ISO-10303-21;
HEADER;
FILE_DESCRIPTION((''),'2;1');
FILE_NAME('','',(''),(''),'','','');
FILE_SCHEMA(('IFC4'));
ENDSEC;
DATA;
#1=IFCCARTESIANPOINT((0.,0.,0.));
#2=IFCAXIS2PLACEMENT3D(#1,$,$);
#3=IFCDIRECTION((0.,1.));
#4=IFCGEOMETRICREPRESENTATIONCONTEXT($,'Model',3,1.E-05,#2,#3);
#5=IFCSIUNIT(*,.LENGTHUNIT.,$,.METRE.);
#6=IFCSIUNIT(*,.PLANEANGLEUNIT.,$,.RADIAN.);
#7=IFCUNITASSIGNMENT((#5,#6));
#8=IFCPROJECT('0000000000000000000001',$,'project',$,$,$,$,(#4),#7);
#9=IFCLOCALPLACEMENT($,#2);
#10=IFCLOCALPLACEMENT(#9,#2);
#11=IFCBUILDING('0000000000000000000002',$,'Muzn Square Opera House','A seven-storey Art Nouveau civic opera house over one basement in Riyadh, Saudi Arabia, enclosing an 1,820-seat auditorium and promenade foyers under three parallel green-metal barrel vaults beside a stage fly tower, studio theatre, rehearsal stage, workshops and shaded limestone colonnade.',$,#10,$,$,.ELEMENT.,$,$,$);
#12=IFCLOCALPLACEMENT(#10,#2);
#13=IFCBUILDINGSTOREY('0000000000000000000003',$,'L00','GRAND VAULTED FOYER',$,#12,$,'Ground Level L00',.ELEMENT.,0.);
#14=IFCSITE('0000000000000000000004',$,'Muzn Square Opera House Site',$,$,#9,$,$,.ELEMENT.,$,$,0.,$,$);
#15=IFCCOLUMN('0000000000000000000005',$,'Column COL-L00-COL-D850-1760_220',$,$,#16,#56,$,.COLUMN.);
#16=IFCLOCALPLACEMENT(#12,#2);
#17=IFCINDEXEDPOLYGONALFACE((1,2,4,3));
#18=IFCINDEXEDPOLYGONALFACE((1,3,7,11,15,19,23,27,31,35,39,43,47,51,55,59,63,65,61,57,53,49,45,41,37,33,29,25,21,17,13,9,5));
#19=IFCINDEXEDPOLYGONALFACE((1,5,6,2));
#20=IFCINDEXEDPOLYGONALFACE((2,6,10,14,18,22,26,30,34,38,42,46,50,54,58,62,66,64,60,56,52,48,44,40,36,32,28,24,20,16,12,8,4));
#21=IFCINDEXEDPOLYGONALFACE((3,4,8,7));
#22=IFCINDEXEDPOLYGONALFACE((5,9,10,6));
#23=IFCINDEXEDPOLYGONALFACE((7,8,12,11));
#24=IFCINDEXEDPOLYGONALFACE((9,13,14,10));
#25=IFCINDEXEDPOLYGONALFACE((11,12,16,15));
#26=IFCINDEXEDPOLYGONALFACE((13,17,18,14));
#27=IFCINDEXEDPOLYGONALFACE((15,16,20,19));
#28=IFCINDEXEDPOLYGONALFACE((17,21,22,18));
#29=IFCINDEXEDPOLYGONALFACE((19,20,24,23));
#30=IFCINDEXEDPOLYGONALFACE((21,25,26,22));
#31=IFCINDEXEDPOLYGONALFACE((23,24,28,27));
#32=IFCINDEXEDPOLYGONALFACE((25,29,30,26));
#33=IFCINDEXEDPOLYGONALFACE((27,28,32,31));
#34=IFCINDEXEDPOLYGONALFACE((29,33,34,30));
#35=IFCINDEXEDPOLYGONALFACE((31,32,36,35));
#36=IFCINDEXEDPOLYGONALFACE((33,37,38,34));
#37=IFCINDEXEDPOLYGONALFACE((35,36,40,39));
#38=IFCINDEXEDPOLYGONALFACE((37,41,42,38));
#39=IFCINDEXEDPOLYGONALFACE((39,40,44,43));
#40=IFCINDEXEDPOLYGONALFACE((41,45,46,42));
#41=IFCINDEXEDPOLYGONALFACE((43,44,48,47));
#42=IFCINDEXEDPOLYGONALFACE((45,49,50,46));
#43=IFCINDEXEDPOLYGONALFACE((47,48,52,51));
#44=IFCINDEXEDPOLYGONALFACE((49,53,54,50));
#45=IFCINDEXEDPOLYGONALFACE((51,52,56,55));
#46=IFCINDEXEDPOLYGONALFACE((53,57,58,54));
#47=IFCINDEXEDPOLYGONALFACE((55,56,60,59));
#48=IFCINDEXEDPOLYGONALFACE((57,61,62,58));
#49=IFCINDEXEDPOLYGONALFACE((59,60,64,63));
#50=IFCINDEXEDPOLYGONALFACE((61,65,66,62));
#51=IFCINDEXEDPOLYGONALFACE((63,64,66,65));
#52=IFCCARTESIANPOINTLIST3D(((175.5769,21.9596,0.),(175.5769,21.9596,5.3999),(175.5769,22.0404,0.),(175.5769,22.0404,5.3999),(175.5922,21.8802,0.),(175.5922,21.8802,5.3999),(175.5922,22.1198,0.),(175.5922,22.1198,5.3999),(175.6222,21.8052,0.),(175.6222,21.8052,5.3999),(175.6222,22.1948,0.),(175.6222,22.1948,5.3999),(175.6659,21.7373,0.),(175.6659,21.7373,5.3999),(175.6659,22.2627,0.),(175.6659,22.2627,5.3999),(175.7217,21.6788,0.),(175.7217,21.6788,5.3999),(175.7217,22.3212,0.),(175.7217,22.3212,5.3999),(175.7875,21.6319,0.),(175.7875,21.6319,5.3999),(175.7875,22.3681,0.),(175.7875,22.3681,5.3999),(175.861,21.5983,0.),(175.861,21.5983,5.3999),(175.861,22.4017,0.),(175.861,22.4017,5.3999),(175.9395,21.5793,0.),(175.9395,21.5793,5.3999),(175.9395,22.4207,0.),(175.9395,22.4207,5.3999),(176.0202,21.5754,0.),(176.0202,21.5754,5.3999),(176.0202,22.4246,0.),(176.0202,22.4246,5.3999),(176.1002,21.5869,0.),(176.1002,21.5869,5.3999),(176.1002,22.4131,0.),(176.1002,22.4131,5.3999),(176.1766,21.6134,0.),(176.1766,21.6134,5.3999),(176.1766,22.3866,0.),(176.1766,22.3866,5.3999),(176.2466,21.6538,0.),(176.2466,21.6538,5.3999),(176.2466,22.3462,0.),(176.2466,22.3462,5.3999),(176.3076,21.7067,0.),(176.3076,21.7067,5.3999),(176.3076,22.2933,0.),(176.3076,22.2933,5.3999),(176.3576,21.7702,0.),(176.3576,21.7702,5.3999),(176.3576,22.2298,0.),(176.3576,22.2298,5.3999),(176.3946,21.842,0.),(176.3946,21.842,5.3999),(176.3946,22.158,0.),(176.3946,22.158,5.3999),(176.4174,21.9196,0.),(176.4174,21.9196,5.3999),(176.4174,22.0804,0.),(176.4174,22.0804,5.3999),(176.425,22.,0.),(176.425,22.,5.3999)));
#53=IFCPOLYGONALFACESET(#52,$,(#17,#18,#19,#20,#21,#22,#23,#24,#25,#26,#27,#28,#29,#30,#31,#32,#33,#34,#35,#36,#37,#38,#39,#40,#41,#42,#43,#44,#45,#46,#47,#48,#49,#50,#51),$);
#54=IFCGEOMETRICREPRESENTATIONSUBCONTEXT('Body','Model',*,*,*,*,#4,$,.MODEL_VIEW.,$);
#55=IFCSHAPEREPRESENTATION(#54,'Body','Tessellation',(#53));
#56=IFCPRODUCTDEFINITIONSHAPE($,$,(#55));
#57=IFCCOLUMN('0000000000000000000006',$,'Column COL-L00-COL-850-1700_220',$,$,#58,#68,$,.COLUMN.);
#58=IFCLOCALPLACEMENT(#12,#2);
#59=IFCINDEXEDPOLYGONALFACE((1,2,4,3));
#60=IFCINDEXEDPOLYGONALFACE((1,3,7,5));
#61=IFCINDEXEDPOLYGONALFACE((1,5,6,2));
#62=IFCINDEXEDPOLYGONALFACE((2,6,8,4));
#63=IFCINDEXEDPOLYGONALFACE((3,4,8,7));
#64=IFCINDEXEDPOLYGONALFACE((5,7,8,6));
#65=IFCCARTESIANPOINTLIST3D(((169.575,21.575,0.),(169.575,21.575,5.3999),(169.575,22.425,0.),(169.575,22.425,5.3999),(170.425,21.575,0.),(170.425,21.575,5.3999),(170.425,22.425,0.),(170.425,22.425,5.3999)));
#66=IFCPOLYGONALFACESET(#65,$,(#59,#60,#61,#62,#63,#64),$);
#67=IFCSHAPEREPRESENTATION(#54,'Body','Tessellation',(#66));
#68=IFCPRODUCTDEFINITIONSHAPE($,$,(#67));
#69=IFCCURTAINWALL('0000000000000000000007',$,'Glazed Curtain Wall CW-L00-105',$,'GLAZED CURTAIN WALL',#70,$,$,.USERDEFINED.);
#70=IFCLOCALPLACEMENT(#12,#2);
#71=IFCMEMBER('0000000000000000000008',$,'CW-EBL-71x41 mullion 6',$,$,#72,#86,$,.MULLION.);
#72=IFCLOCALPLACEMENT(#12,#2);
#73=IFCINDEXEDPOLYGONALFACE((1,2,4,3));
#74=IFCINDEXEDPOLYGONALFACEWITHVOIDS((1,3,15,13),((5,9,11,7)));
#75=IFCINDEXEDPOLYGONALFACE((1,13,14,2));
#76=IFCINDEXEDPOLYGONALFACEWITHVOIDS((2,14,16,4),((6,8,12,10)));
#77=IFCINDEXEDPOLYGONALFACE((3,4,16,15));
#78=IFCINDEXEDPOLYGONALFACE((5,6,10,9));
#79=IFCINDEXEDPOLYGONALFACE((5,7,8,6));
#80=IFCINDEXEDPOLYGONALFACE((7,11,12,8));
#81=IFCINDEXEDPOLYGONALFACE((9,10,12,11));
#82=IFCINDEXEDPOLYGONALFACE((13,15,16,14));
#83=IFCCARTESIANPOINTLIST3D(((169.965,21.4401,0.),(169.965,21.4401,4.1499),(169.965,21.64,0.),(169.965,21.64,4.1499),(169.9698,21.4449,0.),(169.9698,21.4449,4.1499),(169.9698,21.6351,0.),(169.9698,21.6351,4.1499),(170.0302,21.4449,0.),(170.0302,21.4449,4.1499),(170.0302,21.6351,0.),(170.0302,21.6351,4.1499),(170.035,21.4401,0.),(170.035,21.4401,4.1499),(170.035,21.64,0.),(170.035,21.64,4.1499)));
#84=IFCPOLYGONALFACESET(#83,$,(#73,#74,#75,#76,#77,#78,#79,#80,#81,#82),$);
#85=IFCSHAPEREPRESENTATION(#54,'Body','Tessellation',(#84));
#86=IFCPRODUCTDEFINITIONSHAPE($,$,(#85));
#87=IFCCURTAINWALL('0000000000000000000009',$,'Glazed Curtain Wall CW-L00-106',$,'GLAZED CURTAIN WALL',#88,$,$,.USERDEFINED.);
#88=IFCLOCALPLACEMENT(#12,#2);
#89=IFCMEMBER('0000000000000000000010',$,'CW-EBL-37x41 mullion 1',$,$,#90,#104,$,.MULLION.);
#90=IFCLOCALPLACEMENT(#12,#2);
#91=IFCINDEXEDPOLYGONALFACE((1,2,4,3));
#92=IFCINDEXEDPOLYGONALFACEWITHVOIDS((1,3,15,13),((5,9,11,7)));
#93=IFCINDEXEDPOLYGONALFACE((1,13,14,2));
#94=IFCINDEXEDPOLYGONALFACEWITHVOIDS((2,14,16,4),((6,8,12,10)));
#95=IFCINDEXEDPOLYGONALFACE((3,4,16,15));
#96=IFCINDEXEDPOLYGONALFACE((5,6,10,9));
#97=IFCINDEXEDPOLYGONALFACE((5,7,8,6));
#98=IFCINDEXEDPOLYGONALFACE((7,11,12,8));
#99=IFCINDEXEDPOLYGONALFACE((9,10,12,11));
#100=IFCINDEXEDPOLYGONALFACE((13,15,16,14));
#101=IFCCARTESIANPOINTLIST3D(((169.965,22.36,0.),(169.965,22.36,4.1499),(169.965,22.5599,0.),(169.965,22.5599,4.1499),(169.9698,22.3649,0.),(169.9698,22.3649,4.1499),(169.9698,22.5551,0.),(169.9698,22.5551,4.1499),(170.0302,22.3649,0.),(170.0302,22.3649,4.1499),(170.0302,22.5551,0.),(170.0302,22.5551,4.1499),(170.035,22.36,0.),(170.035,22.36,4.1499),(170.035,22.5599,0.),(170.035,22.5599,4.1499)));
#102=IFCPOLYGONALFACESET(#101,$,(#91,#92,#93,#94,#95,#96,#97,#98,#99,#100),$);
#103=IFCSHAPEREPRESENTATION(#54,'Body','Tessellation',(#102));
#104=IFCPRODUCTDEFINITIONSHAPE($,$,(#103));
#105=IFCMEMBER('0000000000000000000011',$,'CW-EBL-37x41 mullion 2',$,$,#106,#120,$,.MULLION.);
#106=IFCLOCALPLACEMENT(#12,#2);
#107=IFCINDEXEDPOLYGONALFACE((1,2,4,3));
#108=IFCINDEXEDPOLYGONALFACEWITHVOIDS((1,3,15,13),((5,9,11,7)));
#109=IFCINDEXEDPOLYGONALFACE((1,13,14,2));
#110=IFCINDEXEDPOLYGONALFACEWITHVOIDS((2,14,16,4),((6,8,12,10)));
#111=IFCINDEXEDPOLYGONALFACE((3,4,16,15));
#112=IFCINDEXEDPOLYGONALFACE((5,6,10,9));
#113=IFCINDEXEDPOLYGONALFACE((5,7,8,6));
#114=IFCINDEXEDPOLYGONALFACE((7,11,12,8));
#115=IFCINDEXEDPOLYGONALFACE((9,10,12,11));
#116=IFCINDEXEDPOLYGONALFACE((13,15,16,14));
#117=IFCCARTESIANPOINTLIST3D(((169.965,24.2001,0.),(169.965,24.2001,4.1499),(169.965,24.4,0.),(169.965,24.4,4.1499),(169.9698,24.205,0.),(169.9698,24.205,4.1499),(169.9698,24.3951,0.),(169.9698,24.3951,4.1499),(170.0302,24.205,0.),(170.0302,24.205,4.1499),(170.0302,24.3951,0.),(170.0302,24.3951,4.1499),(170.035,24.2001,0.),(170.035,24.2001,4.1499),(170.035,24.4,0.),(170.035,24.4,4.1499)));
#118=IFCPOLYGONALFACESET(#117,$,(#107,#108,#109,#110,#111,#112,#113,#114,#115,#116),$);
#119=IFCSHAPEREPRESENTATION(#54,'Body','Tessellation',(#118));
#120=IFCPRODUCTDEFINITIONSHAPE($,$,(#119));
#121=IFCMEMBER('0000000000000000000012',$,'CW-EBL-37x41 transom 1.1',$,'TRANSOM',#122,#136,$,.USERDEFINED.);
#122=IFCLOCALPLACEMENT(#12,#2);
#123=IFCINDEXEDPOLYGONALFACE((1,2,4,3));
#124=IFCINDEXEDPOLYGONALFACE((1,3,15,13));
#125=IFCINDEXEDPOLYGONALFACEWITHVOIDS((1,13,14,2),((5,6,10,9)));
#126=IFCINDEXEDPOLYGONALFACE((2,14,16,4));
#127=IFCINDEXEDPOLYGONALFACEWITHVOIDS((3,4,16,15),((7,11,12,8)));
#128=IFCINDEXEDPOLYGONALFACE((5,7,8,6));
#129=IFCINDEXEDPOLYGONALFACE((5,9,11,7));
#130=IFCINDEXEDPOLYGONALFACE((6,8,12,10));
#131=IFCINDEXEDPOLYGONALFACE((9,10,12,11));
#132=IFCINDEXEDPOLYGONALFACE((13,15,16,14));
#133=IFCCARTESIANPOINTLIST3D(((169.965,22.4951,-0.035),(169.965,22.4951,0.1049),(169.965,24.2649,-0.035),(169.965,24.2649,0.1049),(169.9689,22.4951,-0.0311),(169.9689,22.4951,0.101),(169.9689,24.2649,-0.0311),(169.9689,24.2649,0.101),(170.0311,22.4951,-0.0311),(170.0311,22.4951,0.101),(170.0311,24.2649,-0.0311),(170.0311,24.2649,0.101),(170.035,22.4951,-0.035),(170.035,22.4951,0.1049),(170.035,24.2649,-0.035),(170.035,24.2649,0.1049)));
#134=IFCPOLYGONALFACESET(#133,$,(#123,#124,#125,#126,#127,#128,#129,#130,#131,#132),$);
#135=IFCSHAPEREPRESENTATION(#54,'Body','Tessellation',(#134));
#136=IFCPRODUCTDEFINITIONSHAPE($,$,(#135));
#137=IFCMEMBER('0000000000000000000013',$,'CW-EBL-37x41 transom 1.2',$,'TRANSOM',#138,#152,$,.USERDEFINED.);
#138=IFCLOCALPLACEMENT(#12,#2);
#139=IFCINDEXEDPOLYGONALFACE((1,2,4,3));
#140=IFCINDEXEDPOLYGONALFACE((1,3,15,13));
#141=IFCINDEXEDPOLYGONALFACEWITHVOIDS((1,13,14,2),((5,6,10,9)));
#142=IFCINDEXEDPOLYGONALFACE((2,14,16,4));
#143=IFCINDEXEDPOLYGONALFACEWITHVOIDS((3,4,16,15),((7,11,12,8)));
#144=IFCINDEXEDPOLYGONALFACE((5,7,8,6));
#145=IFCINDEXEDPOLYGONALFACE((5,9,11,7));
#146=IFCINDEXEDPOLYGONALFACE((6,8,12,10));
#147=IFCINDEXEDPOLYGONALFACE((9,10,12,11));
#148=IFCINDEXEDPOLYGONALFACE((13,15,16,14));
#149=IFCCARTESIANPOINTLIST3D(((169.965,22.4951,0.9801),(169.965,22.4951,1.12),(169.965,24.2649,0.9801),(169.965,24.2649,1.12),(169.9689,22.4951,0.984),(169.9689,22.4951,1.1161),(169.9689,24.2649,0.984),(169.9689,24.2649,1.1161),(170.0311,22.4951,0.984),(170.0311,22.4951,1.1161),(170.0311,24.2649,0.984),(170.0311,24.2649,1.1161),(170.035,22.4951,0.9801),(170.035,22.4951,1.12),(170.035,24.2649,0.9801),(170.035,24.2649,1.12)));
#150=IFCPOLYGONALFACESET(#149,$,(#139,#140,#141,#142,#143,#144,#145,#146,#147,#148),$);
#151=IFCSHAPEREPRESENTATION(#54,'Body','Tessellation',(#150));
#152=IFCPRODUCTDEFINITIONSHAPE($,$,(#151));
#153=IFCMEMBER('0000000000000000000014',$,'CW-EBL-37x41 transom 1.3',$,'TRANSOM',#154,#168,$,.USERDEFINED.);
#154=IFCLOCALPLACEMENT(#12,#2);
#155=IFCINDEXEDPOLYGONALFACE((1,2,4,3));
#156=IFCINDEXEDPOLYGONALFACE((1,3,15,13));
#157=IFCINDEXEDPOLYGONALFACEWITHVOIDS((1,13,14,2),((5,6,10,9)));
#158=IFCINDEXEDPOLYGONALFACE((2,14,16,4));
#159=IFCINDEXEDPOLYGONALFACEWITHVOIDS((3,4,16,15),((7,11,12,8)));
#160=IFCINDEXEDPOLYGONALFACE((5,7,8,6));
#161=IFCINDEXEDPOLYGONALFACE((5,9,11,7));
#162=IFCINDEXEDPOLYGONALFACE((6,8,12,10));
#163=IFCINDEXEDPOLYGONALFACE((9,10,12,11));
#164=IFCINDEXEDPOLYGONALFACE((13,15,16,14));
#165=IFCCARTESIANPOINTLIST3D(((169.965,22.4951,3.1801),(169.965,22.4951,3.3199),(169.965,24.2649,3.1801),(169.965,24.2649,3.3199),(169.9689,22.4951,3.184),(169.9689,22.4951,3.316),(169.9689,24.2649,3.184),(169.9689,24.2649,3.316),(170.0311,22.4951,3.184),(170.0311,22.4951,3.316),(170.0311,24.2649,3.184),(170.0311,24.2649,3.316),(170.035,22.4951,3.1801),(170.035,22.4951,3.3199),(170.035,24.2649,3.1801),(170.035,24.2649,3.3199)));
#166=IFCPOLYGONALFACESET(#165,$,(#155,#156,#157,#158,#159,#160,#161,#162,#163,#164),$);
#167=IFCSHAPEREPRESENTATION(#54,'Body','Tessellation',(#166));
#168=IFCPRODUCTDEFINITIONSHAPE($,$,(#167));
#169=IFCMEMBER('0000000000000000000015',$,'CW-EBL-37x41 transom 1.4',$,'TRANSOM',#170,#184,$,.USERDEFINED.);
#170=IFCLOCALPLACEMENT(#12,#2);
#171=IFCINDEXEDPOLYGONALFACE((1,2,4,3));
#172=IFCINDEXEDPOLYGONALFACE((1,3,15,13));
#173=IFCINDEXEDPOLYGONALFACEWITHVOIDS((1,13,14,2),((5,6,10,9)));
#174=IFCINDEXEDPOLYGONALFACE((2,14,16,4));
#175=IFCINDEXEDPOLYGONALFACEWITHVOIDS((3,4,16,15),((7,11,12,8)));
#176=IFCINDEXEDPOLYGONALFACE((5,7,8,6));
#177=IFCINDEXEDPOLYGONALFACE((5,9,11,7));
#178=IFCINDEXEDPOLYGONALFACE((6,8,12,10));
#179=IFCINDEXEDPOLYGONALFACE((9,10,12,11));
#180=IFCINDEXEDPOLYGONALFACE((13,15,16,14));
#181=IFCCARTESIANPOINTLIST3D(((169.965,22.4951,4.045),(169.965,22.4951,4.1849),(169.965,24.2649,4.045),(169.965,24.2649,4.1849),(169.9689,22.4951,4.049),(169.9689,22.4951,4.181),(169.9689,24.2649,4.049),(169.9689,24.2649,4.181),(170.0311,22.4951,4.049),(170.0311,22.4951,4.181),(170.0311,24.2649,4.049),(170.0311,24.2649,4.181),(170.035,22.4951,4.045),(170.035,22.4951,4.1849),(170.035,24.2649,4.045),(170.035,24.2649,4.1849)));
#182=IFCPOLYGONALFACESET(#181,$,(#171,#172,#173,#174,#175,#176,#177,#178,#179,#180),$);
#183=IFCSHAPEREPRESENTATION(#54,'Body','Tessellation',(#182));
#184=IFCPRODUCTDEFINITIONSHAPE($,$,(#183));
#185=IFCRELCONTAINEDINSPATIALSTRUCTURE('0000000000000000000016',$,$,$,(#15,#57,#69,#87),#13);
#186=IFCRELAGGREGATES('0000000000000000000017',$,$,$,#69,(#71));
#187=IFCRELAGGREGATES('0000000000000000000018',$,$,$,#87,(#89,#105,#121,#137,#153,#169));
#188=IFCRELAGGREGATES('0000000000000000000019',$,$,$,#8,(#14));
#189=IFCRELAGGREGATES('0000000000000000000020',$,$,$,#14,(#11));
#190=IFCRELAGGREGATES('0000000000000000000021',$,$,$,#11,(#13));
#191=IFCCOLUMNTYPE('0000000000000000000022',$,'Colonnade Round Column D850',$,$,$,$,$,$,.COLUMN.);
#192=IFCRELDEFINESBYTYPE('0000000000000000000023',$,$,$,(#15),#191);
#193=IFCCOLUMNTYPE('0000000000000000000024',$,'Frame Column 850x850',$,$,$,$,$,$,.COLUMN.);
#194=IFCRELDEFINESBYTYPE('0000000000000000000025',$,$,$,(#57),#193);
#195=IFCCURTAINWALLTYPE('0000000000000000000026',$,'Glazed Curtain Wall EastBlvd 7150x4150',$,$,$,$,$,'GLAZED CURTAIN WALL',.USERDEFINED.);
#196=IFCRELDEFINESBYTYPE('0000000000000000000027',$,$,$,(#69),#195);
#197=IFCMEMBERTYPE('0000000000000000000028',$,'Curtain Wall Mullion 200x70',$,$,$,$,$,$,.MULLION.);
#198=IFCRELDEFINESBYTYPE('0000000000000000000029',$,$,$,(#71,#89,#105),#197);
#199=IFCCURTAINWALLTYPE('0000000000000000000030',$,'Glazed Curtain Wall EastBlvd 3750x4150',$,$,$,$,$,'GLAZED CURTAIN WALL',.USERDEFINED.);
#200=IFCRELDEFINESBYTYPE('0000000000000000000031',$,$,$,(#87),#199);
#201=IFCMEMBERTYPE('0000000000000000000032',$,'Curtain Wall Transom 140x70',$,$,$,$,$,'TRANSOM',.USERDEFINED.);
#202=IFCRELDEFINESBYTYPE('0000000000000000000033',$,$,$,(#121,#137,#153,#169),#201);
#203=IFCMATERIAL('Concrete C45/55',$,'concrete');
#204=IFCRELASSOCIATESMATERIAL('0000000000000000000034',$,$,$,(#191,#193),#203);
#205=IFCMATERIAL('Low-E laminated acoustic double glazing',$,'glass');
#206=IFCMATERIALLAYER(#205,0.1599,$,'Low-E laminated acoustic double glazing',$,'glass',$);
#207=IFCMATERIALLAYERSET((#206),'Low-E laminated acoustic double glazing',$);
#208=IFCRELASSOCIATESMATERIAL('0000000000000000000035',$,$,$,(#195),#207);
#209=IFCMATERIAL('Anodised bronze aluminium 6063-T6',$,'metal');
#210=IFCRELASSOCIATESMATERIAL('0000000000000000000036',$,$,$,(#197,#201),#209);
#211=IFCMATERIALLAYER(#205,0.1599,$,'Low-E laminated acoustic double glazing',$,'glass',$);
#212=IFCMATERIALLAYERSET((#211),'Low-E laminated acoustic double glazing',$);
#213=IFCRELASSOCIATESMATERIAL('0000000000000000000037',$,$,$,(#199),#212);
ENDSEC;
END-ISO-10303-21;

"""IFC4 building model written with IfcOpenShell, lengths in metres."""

from ifc_helpers import new_model, si_unit, direction, frame, origin, origin_2d, place, context, subcontext, project, spatial, rectangle, hollow_rectangle, circle, extrude, material, layer, layer_set, material_profile, profile_set, type_object, element, aggregate, save


model = new_model("IFC4")

# Units and contexts
model_context = context("Model", 3, precision=1e-05, world=origin(), true_north=direction((0.0, 1.0)))
body_context = subcontext(model_context, "Body", "Model", "MODEL_VIEW")
ifc_project = project(units=[si_unit("LENGTHUNIT", "METRE"), si_unit("PLANEANGLEUNIT", "RADIAN")], contexts=[model_context])

# Site, building, storey
site_placement = place(None, origin())
site = spatial("IfcSite", under=ifc_project, at=site_placement, Name="Muzn Square Opera House Site", CompositionType="ELEMENT", RefElevation=0.0)
building_placement = place(site_placement, origin())
building = spatial("IfcBuilding", under=site, at=building_placement, Name="Muzn Square Opera House", Description="A seven-storey Art Nouveau civic opera house over one basement in Riyadh, Saudi Arabia, enclosing an 1,820-seat auditorium and promenade foyers under three parallel green-metal barrel vaults beside a stage fly tower, studio theatre, rehearsal stage, workshops and shaded limestone colonnade.", CompositionType="ELEMENT")
storey_placement = place(building_placement, origin())
storey = spatial("IfcBuildingStorey", under=building, at=storey_placement, Name="L00", Description="GRAND VAULTED FOYER", LongName="Ground Level L00", CompositionType="ELEMENT", Elevation=0.0)

# Columns
ifc_material_1 = material(Name="Concrete C45/55", Category="concrete")
ifc_material_profile_1 = material_profile(ifc_material_1, circle(Radius=0.425, at=origin_2d()), Name="RCC D850", Category="concrete")
ifc_profile_set_1 = profile_set([ifc_material_profile_1], Name="Concrete C45/55")
column_type_1 = type_object("IfcColumnType", Name="Colonnade Round Column D850", PredefinedType="COLUMN", material=ifc_profile_set_1)
column_1_placement = place(storey_placement, frame((176.0, 22.0, 0.0), z_axis=(0.0, 0.0, 1.0), x_axis=(1.0, 0.0, 0.0)))
element("IfcColumn", 1, at=column_1_placement, inside=storey, type_object=column_type_1, Name="Column COL-L00-COL-D850-1760_220", PredefinedType="COLUMN", context=body_context, shape_type="SweptSolid", body=[
    extrude(circle(Radius=0.425, at=origin_2d()), origin(), (0.0, 0.0, 1.0), 5.3999),
])
ifc_material_profile_2 = material_profile(ifc_material_1, rectangle(XDim=0.8501, YDim=0.8501, at=origin_2d()), Name="RC 850x850", Category="concrete")
ifc_profile_set_2 = profile_set([ifc_material_profile_2], Name="Concrete C45/55")
column_type_2 = type_object("IfcColumnType", Name="Frame Column 850x850", PredefinedType="COLUMN", material=ifc_profile_set_2)
column_2_placement = place(storey_placement, frame((170.0, 22.0, 0.0), z_axis=(0.0, 0.0, 1.0), x_axis=(1.0, 0.0, 0.0)))
element("IfcColumn", 2, at=column_2_placement, inside=storey, type_object=column_type_2, Name="Column COL-L00-COL-850-1700_220", PredefinedType="COLUMN", context=body_context, shape_type="SweptSolid", body=[
    extrude(rectangle(XDim=0.8501, YDim=0.8501, at=origin_2d()), origin(), (0.0, 0.0, 1.0), 5.3999),
])

# Curtain wall, member
ifc_material_2 = material(Name="Low-E laminated acoustic double glazing", Category="glass")
ifc_layer_1 = layer(ifc_material_2, 0.1599, Name="Low-E laminated acoustic double glazing", Category="glass")
ifc_layer_set_1 = layer_set([ifc_layer_1], Name="Low-E laminated acoustic double glazing")
curtain_wall_type_1 = type_object("IfcCurtainWallType", Name="Glazed Curtain Wall EastBlvd 7150x4150", ElementType="GLAZED CURTAIN WALL", PredefinedType="USERDEFINED", material=ifc_layer_set_1)
curtain_wall_1_placement = place(storey_placement, origin())
curtain_wall_1 = element("IfcCurtainWall", 3, at=curtain_wall_1_placement, inside=storey, type_object=curtain_wall_type_1, Name="Glazed Curtain Wall CW-L00-105", ObjectType="GLAZED CURTAIN WALL", PredefinedType="USERDEFINED")
ifc_material_3 = material(Name="Anodised bronze aluminium 6063-T6", Category="metal")
ifc_material_profile_3 = material_profile(ifc_material_3, hollow_rectangle(XDim=0.0701, YDim=0.2, WallThickness=0.0049, at=origin_2d()), Name="ALU 200x70x5", Category="metal")
ifc_profile_set_3 = profile_set([ifc_material_profile_3], Name="Anodised bronze aluminium 6063-T6")
member_type_1 = type_object("IfcMemberType", Name="Curtain Wall Mullion 200x70", PredefinedType="MULLION", material=ifc_profile_set_3)
member_1_placement = place(storey_placement, frame((170.0, 21.54, 0.0), z_axis=(0.0, 0.0, 1.0), x_axis=(-1.0, 0.0, 0.0)))
member_1 = element("IfcMember", 4, at=member_1_placement, type_object=member_type_1, Name="CW-EBL-71x41 mullion 6", PredefinedType="MULLION", context=body_context, shape_type="SweptSolid", body=[
    extrude(hollow_rectangle(XDim=0.0701, YDim=0.2, WallThickness=0.0049, at=origin_2d()), origin(), (0.0, 0.0, 1.0), 4.1499),
])

# Curtain wall, members
ifc_layer_2 = layer(ifc_material_2, 0.1599, Name="Low-E laminated acoustic double glazing", Category="glass")
ifc_layer_set_2 = layer_set([ifc_layer_2], Name="Low-E laminated acoustic double glazing")
curtain_wall_type_2 = type_object("IfcCurtainWallType", Name="Glazed Curtain Wall EastBlvd 3750x4150", ElementType="GLAZED CURTAIN WALL", PredefinedType="USERDEFINED", material=ifc_layer_set_2)
curtain_wall_2_placement = place(storey_placement, origin())
curtain_wall_2 = element("IfcCurtainWall", 5, at=curtain_wall_2_placement, inside=storey, type_object=curtain_wall_type_2, Name="Glazed Curtain Wall CW-L00-106", ObjectType="GLAZED CURTAIN WALL", PredefinedType="USERDEFINED")
member_2_placement = place(storey_placement, frame((170.0, 22.46, 0.0), z_axis=(0.0, 0.0, 1.0), x_axis=(-1.0, 0.0, 0.0)))
member_2 = element("IfcMember", 6, at=member_2_placement, type_object=member_type_1, Name="CW-EBL-37x41 mullion 1", PredefinedType="MULLION", context=body_context, shape_type="SweptSolid", body=[
    extrude(hollow_rectangle(XDim=0.0701, YDim=0.2, WallThickness=0.0049, at=origin_2d()), origin(), (0.0, 0.0, 1.0), 4.1499),
])
member_3_placement = place(storey_placement, frame((170.0, 24.3, 0.0), z_axis=(0.0, 0.0, 1.0), x_axis=(-1.0, 0.0, 0.0)))
member_3 = element("IfcMember", 7, at=member_3_placement, type_object=member_type_1, Name="CW-EBL-37x41 mullion 2", PredefinedType="MULLION", context=body_context, shape_type="SweptSolid", body=[
    extrude(hollow_rectangle(XDim=0.0701, YDim=0.2, WallThickness=0.0049, at=origin_2d()), origin(), (0.0, 0.0, 1.0), 4.1499),
])
ifc_material_profile_4 = material_profile(ifc_material_3, hollow_rectangle(XDim=0.0701, YDim=0.1399, WallThickness=0.0039, at=origin_2d()), Name="ALU 140x70x4", Category="metal")
ifc_profile_set_4 = profile_set([ifc_material_profile_4], Name="Anodised bronze aluminium 6063-T6")
member_type_2 = type_object("IfcMemberType", Name="Curtain Wall Transom 140x70", ElementType="TRANSOM", PredefinedType="USERDEFINED", material=ifc_profile_set_4)
member_4_placement = place(storey_placement, frame((170.0, 22.4951, 0.0349), z_axis=(0.0, 1.0, 0.0), x_axis=(-1.0, 0.0, 0.0)))
member_4 = element("IfcMember", 8, at=member_4_placement, type_object=member_type_2, Name="CW-EBL-37x41 transom 1.1", ObjectType="TRANSOM", PredefinedType="USERDEFINED", context=body_context, shape_type="SweptSolid", body=[
    extrude(hollow_rectangle(XDim=0.0701, YDim=0.1399, WallThickness=0.0039, at=origin_2d()), origin(), (0.0, 0.0, 1.0), 1.7698),
])
member_5_placement = place(storey_placement, frame((170.0, 22.4951, 1.05), z_axis=(0.0, 1.0, 0.0), x_axis=(-1.0, 0.0, 0.0)))
member_5 = element("IfcMember", 9, at=member_5_placement, type_object=member_type_2, Name="CW-EBL-37x41 transom 1.2", ObjectType="TRANSOM", PredefinedType="USERDEFINED", context=body_context, shape_type="SweptSolid", body=[
    extrude(hollow_rectangle(XDim=0.0701, YDim=0.1399, WallThickness=0.0039, at=origin_2d()), origin(), (0.0, 0.0, 1.0), 1.7698),
])
member_6_placement = place(storey_placement, frame((170.0, 22.4951, 3.25), z_axis=(0.0, 1.0, 0.0), x_axis=(-1.0, 0.0, 0.0)))
member_6 = element("IfcMember", 10, at=member_6_placement, type_object=member_type_2, Name="CW-EBL-37x41 transom 1.3", ObjectType="TRANSOM", PredefinedType="USERDEFINED", context=body_context, shape_type="SweptSolid", body=[
    extrude(hollow_rectangle(XDim=0.0701, YDim=0.1399, WallThickness=0.0039, at=origin_2d()), origin(), (0.0, 0.0, 1.0), 1.7698),
])
member_7_placement = place(storey_placement, frame((170.0, 22.4951, 4.115), z_axis=(0.0, 1.0, 0.0), x_axis=(-1.0, 0.0, 0.0)))
member_7 = element("IfcMember", 11, at=member_7_placement, type_object=member_type_2, Name="CW-EBL-37x41 transom 1.4", ObjectType="TRANSOM", PredefinedType="USERDEFINED", context=body_context, shape_type="SweptSolid", body=[
    extrude(hollow_rectangle(XDim=0.0701, YDim=0.1399, WallThickness=0.0039, at=origin_2d()), origin(), (0.0, 0.0, 1.0), 1.7698),
])

aggregate(curtain_wall_1, [member_1])
aggregate(curtain_wall_2, [member_2, member_3, member_4, member_5, member_6, member_7])

save(model, "model.ifc")
